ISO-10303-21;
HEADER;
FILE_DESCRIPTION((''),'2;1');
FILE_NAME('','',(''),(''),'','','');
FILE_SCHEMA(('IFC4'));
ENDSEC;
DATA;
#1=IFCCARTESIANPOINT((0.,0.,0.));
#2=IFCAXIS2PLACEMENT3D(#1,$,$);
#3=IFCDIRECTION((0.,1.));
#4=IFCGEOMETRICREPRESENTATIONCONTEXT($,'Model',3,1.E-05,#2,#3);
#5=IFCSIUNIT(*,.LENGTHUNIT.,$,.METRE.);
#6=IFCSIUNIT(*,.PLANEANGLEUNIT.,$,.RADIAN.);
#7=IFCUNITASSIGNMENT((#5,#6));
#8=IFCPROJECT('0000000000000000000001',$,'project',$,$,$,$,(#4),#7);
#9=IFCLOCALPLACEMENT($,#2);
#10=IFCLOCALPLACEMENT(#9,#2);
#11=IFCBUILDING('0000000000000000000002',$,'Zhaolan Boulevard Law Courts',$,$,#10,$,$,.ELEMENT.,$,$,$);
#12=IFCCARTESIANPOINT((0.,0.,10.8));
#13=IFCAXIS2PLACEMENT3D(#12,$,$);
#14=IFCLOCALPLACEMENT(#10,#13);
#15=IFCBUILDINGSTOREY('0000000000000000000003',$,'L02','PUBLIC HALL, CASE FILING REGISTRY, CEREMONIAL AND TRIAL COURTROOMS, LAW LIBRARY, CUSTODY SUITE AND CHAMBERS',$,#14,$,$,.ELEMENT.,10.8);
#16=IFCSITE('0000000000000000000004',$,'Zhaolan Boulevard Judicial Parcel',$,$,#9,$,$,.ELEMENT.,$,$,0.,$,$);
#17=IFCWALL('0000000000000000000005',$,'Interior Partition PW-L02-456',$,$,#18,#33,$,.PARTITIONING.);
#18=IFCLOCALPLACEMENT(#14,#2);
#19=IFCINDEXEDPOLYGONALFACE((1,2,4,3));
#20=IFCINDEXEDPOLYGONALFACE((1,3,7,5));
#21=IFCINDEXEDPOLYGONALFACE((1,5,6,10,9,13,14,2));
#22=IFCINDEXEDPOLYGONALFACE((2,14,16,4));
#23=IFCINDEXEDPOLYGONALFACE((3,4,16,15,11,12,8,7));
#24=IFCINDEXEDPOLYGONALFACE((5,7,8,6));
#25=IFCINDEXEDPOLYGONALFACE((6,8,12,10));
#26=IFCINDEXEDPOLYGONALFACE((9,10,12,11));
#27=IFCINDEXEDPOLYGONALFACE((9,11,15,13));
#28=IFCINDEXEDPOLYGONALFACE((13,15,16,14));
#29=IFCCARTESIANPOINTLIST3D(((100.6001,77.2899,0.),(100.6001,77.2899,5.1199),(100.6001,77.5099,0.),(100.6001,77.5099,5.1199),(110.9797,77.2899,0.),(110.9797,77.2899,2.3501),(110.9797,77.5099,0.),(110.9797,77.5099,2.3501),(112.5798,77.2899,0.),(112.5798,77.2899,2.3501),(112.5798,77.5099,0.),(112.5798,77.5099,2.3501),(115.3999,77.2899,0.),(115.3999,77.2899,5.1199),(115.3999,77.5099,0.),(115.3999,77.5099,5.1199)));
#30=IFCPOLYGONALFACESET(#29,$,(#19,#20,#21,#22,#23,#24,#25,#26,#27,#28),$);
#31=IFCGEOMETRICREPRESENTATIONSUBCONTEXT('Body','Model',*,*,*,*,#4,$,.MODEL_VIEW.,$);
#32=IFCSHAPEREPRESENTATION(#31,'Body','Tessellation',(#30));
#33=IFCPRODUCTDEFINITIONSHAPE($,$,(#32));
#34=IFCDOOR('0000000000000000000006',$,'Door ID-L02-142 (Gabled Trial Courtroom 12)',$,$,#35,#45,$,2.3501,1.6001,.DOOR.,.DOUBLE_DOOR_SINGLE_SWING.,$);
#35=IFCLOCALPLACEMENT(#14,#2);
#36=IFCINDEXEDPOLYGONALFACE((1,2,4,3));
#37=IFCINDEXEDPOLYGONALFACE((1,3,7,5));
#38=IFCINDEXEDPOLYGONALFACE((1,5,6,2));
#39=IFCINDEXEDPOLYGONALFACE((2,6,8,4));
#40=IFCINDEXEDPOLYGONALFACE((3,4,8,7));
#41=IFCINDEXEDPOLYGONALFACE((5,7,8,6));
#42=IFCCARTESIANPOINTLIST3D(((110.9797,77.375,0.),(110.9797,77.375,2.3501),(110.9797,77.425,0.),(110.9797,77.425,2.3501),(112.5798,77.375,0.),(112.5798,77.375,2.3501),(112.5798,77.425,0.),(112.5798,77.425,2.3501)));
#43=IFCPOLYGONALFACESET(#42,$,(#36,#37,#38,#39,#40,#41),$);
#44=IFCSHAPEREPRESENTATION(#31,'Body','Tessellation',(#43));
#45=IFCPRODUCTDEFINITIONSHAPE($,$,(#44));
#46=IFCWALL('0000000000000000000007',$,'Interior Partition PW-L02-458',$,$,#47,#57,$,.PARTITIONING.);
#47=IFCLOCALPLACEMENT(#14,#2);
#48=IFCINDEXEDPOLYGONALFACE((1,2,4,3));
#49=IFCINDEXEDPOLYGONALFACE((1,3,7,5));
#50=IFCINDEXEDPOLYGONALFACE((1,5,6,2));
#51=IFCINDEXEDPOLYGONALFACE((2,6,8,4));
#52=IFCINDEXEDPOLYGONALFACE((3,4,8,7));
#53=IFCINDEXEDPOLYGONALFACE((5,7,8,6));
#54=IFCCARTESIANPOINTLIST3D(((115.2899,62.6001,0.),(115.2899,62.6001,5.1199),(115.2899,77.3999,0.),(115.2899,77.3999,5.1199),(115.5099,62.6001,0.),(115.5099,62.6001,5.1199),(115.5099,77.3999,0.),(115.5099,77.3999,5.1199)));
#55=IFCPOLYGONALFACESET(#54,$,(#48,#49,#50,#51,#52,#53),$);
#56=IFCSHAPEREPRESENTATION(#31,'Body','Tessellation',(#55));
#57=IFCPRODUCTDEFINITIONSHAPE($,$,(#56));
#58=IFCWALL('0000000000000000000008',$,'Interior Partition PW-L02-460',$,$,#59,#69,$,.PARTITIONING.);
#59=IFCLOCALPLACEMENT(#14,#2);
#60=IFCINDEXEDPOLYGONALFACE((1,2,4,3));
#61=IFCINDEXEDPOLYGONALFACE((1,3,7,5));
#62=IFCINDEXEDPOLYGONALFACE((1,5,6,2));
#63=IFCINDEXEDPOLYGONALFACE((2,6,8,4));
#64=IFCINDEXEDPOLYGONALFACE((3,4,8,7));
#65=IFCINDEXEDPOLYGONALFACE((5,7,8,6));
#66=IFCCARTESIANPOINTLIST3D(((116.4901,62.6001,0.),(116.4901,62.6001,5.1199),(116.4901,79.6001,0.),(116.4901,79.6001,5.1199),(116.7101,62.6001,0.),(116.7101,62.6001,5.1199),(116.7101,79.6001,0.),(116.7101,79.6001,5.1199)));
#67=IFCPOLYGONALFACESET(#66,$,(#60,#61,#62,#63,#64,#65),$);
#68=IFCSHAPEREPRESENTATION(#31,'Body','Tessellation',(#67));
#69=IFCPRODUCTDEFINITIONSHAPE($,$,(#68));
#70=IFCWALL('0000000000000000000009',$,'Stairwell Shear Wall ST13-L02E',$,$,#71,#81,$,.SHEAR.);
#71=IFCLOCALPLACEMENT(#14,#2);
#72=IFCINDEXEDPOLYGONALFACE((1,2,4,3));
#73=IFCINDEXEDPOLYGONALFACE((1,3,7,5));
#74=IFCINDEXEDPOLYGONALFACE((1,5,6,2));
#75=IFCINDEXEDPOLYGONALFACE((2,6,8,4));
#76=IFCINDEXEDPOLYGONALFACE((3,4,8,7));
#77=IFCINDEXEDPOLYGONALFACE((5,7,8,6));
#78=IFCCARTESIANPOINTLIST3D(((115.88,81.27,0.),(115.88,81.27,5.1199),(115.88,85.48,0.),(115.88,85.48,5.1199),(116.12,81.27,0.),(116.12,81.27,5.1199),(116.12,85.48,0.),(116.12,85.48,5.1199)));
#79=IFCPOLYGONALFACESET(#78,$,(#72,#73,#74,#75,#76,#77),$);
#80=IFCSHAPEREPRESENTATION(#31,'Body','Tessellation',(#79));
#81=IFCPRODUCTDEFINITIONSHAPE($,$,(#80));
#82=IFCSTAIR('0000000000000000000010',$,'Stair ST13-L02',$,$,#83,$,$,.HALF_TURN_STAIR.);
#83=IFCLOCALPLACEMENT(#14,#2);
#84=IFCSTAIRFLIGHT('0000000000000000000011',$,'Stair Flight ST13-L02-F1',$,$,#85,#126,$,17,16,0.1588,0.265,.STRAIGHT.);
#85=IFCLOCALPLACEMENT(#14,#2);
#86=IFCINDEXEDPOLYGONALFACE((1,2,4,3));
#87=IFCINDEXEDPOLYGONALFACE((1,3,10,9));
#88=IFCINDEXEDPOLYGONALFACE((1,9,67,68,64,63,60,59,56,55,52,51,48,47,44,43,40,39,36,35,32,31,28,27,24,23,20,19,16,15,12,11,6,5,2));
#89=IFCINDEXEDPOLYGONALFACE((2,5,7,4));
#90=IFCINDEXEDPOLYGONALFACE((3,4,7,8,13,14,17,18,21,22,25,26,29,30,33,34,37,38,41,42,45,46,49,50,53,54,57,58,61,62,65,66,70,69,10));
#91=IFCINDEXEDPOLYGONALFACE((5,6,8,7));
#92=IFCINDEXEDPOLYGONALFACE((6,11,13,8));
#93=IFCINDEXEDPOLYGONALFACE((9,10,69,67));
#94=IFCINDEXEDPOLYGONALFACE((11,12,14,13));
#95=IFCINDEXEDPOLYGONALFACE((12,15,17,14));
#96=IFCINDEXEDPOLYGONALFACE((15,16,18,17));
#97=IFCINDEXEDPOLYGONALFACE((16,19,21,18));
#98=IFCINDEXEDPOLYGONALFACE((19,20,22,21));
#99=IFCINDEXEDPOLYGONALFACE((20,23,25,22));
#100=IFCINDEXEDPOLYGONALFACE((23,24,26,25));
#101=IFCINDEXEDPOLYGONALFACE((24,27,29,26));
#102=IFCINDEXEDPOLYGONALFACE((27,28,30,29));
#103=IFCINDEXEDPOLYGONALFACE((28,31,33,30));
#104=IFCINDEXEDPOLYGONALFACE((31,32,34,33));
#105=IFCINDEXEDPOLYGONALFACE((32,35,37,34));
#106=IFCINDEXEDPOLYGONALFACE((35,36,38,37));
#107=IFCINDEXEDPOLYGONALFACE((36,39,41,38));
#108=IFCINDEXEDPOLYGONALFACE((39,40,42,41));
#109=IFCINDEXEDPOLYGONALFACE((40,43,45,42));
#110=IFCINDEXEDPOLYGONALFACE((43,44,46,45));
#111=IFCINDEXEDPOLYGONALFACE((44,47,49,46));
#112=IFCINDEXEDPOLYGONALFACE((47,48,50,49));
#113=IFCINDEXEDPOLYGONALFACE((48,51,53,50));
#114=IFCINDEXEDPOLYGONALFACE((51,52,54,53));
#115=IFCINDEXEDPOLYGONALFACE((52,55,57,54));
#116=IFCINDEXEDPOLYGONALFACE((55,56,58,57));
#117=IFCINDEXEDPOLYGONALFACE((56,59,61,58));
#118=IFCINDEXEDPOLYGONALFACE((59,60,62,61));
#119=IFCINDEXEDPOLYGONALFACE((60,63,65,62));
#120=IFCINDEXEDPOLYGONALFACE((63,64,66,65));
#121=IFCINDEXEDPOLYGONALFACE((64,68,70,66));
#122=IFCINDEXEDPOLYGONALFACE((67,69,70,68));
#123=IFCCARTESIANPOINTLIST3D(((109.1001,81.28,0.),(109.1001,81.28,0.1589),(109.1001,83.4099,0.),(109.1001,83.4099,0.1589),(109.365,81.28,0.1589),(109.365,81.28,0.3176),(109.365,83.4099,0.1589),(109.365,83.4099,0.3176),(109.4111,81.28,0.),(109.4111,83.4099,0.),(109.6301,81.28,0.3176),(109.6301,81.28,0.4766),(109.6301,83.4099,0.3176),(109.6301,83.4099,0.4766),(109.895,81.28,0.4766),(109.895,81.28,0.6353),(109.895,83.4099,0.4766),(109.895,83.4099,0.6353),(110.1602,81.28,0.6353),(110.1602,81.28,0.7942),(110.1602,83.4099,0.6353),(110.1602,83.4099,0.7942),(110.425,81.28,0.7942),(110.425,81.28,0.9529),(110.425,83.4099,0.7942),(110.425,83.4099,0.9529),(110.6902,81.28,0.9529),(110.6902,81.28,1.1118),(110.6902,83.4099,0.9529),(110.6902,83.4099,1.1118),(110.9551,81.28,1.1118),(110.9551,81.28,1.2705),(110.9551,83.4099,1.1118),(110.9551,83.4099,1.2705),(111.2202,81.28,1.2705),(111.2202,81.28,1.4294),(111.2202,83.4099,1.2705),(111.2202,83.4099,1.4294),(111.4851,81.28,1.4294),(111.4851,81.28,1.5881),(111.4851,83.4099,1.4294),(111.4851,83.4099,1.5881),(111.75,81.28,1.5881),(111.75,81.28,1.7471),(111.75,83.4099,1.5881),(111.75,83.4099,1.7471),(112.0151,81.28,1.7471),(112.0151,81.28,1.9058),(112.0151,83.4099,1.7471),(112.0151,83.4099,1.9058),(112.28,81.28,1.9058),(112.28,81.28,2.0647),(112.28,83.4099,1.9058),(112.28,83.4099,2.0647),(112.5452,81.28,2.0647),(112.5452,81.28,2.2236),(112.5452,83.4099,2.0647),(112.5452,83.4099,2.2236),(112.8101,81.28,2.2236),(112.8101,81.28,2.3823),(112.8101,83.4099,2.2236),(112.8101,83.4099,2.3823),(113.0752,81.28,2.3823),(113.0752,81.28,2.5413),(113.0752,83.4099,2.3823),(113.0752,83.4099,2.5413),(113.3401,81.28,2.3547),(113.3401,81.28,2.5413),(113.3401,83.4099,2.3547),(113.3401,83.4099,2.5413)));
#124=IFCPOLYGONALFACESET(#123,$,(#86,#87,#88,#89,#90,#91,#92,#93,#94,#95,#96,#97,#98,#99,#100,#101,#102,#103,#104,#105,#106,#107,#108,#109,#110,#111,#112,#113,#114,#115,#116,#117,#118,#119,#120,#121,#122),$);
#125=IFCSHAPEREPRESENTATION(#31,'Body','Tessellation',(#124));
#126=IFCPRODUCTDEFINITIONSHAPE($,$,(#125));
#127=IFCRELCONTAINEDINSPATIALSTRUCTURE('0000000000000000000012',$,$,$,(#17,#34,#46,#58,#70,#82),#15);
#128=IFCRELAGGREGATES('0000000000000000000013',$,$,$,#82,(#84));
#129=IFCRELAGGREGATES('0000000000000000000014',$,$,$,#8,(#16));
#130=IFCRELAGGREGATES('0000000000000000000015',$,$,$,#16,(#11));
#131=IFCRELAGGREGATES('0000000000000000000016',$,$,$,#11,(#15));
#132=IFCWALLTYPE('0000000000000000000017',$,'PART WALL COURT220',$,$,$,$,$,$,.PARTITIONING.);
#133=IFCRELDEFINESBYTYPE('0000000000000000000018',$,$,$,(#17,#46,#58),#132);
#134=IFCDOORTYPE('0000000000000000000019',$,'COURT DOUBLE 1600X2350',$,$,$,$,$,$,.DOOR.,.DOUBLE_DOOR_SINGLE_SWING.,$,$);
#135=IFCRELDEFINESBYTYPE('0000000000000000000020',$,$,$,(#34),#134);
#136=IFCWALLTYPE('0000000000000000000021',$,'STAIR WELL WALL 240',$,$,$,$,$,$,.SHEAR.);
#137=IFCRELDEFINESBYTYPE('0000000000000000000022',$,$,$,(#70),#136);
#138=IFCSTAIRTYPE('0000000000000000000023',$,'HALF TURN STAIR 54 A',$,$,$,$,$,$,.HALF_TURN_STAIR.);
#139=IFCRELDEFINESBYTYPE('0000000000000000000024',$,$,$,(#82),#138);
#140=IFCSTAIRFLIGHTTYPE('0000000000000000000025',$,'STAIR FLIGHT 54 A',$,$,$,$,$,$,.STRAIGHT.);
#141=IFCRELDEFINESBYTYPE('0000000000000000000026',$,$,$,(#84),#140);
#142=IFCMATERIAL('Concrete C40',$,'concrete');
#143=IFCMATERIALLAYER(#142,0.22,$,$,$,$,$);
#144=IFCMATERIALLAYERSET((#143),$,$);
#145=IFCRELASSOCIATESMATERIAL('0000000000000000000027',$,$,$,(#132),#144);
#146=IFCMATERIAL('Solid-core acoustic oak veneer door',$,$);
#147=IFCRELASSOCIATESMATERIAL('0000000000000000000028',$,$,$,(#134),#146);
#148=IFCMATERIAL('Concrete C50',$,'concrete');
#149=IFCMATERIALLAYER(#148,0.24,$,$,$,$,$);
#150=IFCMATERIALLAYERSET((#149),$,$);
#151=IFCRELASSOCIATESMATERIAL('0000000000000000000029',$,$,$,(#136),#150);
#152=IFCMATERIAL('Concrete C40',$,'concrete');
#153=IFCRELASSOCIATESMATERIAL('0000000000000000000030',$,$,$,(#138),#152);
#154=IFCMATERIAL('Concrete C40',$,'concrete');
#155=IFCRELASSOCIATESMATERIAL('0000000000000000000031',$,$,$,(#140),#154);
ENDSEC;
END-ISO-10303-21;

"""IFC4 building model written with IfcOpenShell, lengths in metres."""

from ifc_helpers import new_model, si_unit, direction, frame, frame_2d, origin, place, context, subcontext, project, spatial, polyline, rectangle, outline, extrude, material, layer, layer_set, type_object, element, fill, aggregate, save


model = new_model("IFC4")

# Units and contexts
model_context = context("Model", 3, precision=1e-05, world=origin(), true_north=direction((0.0, 1.0)))
body_context = subcontext(model_context, "Body", "Model", "MODEL_VIEW")
ifc_project = project(units=[si_unit("LENGTHUNIT", "METRE"), si_unit("PLANEANGLEUNIT", "RADIAN")], contexts=[model_context])

# Site, building, storey
site_placement = place(None, origin())
site = spatial("IfcSite", under=ifc_project, at=site_placement, Name="Zhaolan Boulevard Judicial Parcel", CompositionType="ELEMENT", RefElevation=0.0)
building_placement = place(site_placement, origin())
building = spatial("IfcBuilding", under=site, at=building_placement, Name="Zhaolan Boulevard Law Courts", CompositionType="ELEMENT")
storey_placement = place(building_placement, frame((0.0, 0.0, 10.8)))
storey = spatial("IfcBuildingStorey", under=building, at=storey_placement, Name="L02", Description="PUBLIC HALL, CASE FILING REGISTRY, CEREMONIAL AND TRIAL COURTROOMS, LAW LIBRARY, CUSTODY SUITE AND CHAMBERS", CompositionType="ELEMENT", Elevation=10.8)

# Wall, opening, door
ifc_material_1 = material(Name="Concrete C40", Category="concrete")
ifc_layer_1 = layer(ifc_material_1, 0.22)
ifc_layer_set_1 = layer_set([ifc_layer_1])
wall_type_1 = type_object("IfcWallType", Name="PART WALL COURT220", PredefinedType="PARTITIONING", material=ifc_layer_set_1)
wall_1_placement = place(storey_placement, frame((115.3999, 77.3999, 0.0), z_axis=(0.0, 0.0, 1.0), x_axis=(-1.0, 0.0, 0.0)))
wall_1 = element("IfcWall", 1, at=wall_1_placement, inside=storey, type_object=wall_type_1, Name="Interior Partition PW-L02-456", PredefinedType="PARTITIONING", context=body_context, shape_type="SweptSolid", body=[
    extrude(rectangle(XDim=14.7998, YDim=0.22, at=frame_2d((7.3999, 0.0))), origin(), (0.0, 0.0, 1.0), 5.1199),
])
opening_1_placement = place(wall_1_placement, frame((2.8201, 0.0, 0.0)))
opening_1 = element("IfcOpeningElement", 2, at=opening_1_placement, cuts=wall_1, PredefinedType="OPENING", context=body_context, shape_type="SweptSolid", body=[
    extrude(rectangle(XDim=1.6001, YDim=2.3501, at=frame_2d((0.8, 1.175))), frame((0.0, 0.1199, 0.0), z_axis=(0.0, -1.0, 0.0), x_axis=(1.0, 0.0, 0.0)), (0.0, 0.0, 1.0), 0.24),
])
ifc_material_2 = material(Name="Solid-core acoustic oak veneer door")
door_type = type_object("IfcDoorType", Name="COURT DOUBLE 1600X2350", OperationType="DOUBLE_DOOR_SINGLE_SWING", PredefinedType="DOOR", material=ifc_material_2)
door_placement = place(opening_1_placement, origin())
door = element("IfcDoor", 3, at=door_placement, inside=storey, type_object=door_type, Name="Door ID-L02-142 (Gabled Trial Courtroom 12)", OperationType="DOUBLE_DOOR_SINGLE_SWING", OverallHeight=2.3501, OverallWidth=1.6001, PredefinedType="DOOR", context=body_context, shape_type="SweptSolid", body=[
    extrude(rectangle(XDim=1.6001, YDim=2.3501, at=frame_2d((0.8, 1.175))), frame((0.0, 0.0249, 0.0), z_axis=(0.0, -1.0, 0.0), x_axis=(1.0, 0.0, 0.0)), (0.0, 0.0, 1.0), 0.05),
])
fill(opening_1, door)

# Walls
wall_2_placement = place(storey_placement, frame((115.3999, 62.6001, 0.0), z_axis=(0.0, 0.0, 1.0), x_axis=(0.0, 1.0, 0.0)))
element("IfcWall", 4, at=wall_2_placement, inside=storey, type_object=wall_type_1, Name="Interior Partition PW-L02-458", PredefinedType="PARTITIONING", context=body_context, shape_type="SweptSolid", body=[
    extrude(rectangle(XDim=14.7998, YDim=0.22, at=frame_2d((7.3999, 0.0))), origin(), (0.0, 0.0, 1.0), 5.1199),
])
wall_3_placement = place(storey_placement, frame((116.6001, 79.6001, 0.0), z_axis=(0.0, 0.0, 1.0), x_axis=(0.0, -1.0, 0.0)))
element("IfcWall", 5, at=wall_3_placement, inside=storey, type_object=wall_type_1, Name="Interior Partition PW-L02-460", PredefinedType="PARTITIONING", context=body_context, shape_type="SweptSolid", body=[
    extrude(rectangle(XDim=17.0, YDim=0.22, at=frame_2d((8.5, 0.0))), origin(), (0.0, 0.0, 1.0), 5.1199),
])
ifc_material_3 = material(Name="Concrete C50", Category="concrete")
ifc_layer_2 = layer(ifc_material_3, 0.24)
ifc_layer_set_2 = layer_set([ifc_layer_2])
wall_type_2 = type_object("IfcWallType", Name="STAIR WELL WALL 240", PredefinedType="SHEAR", material=ifc_layer_set_2)
wall_4_placement = place(storey_placement, frame((116.0, 81.27, 0.0), z_axis=(0.0, 0.0, 1.0), x_axis=(0.0, 1.0, 0.0)))
element("IfcWall", 6, at=wall_4_placement, inside=storey, type_object=wall_type_2, Name="Stairwell Shear Wall ST13-L02E", PredefinedType="SHEAR", context=body_context, shape_type="SweptSolid", body=[
    extrude(rectangle(XDim=4.21, YDim=0.24, at=frame_2d((2.105, 0.0))), origin(), (0.0, 0.0, 1.0), 5.1199),
])

# Stair, stair flight
ifc_material_4 = material(Name="Concrete C40", Category="concrete")
stair_type = type_object("IfcStairType", Name="HALF TURN STAIR 54 A", PredefinedType="HALF_TURN_STAIR", material=ifc_material_4)
stair_placement = place(storey_placement, origin())
stair = element("IfcStair", 7, at=stair_placement, inside=storey, type_object=stair_type, Name="Stair ST13-L02", PredefinedType="HALF_TURN_STAIR")
ifc_material_5 = material(Name="Concrete C40", Category="concrete")
stair_flight_type = type_object("IfcStairFlightType", Name="STAIR FLIGHT 54 A", PredefinedType="STRAIGHT", material=ifc_material_5)
stair_flight_placement = place(storey_placement, frame((109.1001, 82.345, 0.0), z_axis=(0.0, 0.0, 1.0), x_axis=(1.0, 0.0, 0.0)))
stair_flight = element("IfcStairFlight", 8, at=stair_flight_placement, type_object=stair_flight_type, Name="Stair Flight ST13-L02-F1", NumberOfRisers=17, NumberOfTreads=16, PredefinedType="STRAIGHT", RiserHeight=0.1588, TreadLength=0.265, context=body_context, shape_type="SweptSolid", body=[
    extrude(outline(polyline([(0.0, 0.0), (0.0, 0.1589), (0.2649, 0.1589), (0.2649, 0.3176), (0.53, 0.3176), (0.53, 0.4766), (0.7949, 0.4766), (0.7949, 0.6353), (1.0601, 0.6353), (1.0601, 0.7942), (1.325, 0.7942), (1.325, 0.9529), (1.5901, 0.9529), (1.5901, 1.1118), (1.855, 1.1118), (1.855, 1.2705), (2.1201, 1.2705), (2.1201, 1.4294), (2.385, 1.4294), (2.385, 1.5881), (2.6499, 1.5881), (2.6499, 1.7471), (2.915, 1.7471), (2.915, 1.9058), (3.1799, 1.9058), (3.1799, 2.0647), (3.4451, 2.0647), (3.4451, 2.2236), (3.71, 2.2236), (3.71, 2.3823), (3.9751, 2.3823), (3.9751, 2.5413), (4.24, 2.5413), (4.24, 2.7), (4.24, 2.3547), (0.311, 0.0), (0.0, 0.0)])), frame((0.0, 1.0649, 0.0), z_axis=(0.0, -1.0, 0.0), x_axis=(1.0, 0.0, 0.0)), (0.0, 0.0, 1.0), 2.1299),
])
aggregate(stair, [stair_flight])

save(model, "model.ifc")
